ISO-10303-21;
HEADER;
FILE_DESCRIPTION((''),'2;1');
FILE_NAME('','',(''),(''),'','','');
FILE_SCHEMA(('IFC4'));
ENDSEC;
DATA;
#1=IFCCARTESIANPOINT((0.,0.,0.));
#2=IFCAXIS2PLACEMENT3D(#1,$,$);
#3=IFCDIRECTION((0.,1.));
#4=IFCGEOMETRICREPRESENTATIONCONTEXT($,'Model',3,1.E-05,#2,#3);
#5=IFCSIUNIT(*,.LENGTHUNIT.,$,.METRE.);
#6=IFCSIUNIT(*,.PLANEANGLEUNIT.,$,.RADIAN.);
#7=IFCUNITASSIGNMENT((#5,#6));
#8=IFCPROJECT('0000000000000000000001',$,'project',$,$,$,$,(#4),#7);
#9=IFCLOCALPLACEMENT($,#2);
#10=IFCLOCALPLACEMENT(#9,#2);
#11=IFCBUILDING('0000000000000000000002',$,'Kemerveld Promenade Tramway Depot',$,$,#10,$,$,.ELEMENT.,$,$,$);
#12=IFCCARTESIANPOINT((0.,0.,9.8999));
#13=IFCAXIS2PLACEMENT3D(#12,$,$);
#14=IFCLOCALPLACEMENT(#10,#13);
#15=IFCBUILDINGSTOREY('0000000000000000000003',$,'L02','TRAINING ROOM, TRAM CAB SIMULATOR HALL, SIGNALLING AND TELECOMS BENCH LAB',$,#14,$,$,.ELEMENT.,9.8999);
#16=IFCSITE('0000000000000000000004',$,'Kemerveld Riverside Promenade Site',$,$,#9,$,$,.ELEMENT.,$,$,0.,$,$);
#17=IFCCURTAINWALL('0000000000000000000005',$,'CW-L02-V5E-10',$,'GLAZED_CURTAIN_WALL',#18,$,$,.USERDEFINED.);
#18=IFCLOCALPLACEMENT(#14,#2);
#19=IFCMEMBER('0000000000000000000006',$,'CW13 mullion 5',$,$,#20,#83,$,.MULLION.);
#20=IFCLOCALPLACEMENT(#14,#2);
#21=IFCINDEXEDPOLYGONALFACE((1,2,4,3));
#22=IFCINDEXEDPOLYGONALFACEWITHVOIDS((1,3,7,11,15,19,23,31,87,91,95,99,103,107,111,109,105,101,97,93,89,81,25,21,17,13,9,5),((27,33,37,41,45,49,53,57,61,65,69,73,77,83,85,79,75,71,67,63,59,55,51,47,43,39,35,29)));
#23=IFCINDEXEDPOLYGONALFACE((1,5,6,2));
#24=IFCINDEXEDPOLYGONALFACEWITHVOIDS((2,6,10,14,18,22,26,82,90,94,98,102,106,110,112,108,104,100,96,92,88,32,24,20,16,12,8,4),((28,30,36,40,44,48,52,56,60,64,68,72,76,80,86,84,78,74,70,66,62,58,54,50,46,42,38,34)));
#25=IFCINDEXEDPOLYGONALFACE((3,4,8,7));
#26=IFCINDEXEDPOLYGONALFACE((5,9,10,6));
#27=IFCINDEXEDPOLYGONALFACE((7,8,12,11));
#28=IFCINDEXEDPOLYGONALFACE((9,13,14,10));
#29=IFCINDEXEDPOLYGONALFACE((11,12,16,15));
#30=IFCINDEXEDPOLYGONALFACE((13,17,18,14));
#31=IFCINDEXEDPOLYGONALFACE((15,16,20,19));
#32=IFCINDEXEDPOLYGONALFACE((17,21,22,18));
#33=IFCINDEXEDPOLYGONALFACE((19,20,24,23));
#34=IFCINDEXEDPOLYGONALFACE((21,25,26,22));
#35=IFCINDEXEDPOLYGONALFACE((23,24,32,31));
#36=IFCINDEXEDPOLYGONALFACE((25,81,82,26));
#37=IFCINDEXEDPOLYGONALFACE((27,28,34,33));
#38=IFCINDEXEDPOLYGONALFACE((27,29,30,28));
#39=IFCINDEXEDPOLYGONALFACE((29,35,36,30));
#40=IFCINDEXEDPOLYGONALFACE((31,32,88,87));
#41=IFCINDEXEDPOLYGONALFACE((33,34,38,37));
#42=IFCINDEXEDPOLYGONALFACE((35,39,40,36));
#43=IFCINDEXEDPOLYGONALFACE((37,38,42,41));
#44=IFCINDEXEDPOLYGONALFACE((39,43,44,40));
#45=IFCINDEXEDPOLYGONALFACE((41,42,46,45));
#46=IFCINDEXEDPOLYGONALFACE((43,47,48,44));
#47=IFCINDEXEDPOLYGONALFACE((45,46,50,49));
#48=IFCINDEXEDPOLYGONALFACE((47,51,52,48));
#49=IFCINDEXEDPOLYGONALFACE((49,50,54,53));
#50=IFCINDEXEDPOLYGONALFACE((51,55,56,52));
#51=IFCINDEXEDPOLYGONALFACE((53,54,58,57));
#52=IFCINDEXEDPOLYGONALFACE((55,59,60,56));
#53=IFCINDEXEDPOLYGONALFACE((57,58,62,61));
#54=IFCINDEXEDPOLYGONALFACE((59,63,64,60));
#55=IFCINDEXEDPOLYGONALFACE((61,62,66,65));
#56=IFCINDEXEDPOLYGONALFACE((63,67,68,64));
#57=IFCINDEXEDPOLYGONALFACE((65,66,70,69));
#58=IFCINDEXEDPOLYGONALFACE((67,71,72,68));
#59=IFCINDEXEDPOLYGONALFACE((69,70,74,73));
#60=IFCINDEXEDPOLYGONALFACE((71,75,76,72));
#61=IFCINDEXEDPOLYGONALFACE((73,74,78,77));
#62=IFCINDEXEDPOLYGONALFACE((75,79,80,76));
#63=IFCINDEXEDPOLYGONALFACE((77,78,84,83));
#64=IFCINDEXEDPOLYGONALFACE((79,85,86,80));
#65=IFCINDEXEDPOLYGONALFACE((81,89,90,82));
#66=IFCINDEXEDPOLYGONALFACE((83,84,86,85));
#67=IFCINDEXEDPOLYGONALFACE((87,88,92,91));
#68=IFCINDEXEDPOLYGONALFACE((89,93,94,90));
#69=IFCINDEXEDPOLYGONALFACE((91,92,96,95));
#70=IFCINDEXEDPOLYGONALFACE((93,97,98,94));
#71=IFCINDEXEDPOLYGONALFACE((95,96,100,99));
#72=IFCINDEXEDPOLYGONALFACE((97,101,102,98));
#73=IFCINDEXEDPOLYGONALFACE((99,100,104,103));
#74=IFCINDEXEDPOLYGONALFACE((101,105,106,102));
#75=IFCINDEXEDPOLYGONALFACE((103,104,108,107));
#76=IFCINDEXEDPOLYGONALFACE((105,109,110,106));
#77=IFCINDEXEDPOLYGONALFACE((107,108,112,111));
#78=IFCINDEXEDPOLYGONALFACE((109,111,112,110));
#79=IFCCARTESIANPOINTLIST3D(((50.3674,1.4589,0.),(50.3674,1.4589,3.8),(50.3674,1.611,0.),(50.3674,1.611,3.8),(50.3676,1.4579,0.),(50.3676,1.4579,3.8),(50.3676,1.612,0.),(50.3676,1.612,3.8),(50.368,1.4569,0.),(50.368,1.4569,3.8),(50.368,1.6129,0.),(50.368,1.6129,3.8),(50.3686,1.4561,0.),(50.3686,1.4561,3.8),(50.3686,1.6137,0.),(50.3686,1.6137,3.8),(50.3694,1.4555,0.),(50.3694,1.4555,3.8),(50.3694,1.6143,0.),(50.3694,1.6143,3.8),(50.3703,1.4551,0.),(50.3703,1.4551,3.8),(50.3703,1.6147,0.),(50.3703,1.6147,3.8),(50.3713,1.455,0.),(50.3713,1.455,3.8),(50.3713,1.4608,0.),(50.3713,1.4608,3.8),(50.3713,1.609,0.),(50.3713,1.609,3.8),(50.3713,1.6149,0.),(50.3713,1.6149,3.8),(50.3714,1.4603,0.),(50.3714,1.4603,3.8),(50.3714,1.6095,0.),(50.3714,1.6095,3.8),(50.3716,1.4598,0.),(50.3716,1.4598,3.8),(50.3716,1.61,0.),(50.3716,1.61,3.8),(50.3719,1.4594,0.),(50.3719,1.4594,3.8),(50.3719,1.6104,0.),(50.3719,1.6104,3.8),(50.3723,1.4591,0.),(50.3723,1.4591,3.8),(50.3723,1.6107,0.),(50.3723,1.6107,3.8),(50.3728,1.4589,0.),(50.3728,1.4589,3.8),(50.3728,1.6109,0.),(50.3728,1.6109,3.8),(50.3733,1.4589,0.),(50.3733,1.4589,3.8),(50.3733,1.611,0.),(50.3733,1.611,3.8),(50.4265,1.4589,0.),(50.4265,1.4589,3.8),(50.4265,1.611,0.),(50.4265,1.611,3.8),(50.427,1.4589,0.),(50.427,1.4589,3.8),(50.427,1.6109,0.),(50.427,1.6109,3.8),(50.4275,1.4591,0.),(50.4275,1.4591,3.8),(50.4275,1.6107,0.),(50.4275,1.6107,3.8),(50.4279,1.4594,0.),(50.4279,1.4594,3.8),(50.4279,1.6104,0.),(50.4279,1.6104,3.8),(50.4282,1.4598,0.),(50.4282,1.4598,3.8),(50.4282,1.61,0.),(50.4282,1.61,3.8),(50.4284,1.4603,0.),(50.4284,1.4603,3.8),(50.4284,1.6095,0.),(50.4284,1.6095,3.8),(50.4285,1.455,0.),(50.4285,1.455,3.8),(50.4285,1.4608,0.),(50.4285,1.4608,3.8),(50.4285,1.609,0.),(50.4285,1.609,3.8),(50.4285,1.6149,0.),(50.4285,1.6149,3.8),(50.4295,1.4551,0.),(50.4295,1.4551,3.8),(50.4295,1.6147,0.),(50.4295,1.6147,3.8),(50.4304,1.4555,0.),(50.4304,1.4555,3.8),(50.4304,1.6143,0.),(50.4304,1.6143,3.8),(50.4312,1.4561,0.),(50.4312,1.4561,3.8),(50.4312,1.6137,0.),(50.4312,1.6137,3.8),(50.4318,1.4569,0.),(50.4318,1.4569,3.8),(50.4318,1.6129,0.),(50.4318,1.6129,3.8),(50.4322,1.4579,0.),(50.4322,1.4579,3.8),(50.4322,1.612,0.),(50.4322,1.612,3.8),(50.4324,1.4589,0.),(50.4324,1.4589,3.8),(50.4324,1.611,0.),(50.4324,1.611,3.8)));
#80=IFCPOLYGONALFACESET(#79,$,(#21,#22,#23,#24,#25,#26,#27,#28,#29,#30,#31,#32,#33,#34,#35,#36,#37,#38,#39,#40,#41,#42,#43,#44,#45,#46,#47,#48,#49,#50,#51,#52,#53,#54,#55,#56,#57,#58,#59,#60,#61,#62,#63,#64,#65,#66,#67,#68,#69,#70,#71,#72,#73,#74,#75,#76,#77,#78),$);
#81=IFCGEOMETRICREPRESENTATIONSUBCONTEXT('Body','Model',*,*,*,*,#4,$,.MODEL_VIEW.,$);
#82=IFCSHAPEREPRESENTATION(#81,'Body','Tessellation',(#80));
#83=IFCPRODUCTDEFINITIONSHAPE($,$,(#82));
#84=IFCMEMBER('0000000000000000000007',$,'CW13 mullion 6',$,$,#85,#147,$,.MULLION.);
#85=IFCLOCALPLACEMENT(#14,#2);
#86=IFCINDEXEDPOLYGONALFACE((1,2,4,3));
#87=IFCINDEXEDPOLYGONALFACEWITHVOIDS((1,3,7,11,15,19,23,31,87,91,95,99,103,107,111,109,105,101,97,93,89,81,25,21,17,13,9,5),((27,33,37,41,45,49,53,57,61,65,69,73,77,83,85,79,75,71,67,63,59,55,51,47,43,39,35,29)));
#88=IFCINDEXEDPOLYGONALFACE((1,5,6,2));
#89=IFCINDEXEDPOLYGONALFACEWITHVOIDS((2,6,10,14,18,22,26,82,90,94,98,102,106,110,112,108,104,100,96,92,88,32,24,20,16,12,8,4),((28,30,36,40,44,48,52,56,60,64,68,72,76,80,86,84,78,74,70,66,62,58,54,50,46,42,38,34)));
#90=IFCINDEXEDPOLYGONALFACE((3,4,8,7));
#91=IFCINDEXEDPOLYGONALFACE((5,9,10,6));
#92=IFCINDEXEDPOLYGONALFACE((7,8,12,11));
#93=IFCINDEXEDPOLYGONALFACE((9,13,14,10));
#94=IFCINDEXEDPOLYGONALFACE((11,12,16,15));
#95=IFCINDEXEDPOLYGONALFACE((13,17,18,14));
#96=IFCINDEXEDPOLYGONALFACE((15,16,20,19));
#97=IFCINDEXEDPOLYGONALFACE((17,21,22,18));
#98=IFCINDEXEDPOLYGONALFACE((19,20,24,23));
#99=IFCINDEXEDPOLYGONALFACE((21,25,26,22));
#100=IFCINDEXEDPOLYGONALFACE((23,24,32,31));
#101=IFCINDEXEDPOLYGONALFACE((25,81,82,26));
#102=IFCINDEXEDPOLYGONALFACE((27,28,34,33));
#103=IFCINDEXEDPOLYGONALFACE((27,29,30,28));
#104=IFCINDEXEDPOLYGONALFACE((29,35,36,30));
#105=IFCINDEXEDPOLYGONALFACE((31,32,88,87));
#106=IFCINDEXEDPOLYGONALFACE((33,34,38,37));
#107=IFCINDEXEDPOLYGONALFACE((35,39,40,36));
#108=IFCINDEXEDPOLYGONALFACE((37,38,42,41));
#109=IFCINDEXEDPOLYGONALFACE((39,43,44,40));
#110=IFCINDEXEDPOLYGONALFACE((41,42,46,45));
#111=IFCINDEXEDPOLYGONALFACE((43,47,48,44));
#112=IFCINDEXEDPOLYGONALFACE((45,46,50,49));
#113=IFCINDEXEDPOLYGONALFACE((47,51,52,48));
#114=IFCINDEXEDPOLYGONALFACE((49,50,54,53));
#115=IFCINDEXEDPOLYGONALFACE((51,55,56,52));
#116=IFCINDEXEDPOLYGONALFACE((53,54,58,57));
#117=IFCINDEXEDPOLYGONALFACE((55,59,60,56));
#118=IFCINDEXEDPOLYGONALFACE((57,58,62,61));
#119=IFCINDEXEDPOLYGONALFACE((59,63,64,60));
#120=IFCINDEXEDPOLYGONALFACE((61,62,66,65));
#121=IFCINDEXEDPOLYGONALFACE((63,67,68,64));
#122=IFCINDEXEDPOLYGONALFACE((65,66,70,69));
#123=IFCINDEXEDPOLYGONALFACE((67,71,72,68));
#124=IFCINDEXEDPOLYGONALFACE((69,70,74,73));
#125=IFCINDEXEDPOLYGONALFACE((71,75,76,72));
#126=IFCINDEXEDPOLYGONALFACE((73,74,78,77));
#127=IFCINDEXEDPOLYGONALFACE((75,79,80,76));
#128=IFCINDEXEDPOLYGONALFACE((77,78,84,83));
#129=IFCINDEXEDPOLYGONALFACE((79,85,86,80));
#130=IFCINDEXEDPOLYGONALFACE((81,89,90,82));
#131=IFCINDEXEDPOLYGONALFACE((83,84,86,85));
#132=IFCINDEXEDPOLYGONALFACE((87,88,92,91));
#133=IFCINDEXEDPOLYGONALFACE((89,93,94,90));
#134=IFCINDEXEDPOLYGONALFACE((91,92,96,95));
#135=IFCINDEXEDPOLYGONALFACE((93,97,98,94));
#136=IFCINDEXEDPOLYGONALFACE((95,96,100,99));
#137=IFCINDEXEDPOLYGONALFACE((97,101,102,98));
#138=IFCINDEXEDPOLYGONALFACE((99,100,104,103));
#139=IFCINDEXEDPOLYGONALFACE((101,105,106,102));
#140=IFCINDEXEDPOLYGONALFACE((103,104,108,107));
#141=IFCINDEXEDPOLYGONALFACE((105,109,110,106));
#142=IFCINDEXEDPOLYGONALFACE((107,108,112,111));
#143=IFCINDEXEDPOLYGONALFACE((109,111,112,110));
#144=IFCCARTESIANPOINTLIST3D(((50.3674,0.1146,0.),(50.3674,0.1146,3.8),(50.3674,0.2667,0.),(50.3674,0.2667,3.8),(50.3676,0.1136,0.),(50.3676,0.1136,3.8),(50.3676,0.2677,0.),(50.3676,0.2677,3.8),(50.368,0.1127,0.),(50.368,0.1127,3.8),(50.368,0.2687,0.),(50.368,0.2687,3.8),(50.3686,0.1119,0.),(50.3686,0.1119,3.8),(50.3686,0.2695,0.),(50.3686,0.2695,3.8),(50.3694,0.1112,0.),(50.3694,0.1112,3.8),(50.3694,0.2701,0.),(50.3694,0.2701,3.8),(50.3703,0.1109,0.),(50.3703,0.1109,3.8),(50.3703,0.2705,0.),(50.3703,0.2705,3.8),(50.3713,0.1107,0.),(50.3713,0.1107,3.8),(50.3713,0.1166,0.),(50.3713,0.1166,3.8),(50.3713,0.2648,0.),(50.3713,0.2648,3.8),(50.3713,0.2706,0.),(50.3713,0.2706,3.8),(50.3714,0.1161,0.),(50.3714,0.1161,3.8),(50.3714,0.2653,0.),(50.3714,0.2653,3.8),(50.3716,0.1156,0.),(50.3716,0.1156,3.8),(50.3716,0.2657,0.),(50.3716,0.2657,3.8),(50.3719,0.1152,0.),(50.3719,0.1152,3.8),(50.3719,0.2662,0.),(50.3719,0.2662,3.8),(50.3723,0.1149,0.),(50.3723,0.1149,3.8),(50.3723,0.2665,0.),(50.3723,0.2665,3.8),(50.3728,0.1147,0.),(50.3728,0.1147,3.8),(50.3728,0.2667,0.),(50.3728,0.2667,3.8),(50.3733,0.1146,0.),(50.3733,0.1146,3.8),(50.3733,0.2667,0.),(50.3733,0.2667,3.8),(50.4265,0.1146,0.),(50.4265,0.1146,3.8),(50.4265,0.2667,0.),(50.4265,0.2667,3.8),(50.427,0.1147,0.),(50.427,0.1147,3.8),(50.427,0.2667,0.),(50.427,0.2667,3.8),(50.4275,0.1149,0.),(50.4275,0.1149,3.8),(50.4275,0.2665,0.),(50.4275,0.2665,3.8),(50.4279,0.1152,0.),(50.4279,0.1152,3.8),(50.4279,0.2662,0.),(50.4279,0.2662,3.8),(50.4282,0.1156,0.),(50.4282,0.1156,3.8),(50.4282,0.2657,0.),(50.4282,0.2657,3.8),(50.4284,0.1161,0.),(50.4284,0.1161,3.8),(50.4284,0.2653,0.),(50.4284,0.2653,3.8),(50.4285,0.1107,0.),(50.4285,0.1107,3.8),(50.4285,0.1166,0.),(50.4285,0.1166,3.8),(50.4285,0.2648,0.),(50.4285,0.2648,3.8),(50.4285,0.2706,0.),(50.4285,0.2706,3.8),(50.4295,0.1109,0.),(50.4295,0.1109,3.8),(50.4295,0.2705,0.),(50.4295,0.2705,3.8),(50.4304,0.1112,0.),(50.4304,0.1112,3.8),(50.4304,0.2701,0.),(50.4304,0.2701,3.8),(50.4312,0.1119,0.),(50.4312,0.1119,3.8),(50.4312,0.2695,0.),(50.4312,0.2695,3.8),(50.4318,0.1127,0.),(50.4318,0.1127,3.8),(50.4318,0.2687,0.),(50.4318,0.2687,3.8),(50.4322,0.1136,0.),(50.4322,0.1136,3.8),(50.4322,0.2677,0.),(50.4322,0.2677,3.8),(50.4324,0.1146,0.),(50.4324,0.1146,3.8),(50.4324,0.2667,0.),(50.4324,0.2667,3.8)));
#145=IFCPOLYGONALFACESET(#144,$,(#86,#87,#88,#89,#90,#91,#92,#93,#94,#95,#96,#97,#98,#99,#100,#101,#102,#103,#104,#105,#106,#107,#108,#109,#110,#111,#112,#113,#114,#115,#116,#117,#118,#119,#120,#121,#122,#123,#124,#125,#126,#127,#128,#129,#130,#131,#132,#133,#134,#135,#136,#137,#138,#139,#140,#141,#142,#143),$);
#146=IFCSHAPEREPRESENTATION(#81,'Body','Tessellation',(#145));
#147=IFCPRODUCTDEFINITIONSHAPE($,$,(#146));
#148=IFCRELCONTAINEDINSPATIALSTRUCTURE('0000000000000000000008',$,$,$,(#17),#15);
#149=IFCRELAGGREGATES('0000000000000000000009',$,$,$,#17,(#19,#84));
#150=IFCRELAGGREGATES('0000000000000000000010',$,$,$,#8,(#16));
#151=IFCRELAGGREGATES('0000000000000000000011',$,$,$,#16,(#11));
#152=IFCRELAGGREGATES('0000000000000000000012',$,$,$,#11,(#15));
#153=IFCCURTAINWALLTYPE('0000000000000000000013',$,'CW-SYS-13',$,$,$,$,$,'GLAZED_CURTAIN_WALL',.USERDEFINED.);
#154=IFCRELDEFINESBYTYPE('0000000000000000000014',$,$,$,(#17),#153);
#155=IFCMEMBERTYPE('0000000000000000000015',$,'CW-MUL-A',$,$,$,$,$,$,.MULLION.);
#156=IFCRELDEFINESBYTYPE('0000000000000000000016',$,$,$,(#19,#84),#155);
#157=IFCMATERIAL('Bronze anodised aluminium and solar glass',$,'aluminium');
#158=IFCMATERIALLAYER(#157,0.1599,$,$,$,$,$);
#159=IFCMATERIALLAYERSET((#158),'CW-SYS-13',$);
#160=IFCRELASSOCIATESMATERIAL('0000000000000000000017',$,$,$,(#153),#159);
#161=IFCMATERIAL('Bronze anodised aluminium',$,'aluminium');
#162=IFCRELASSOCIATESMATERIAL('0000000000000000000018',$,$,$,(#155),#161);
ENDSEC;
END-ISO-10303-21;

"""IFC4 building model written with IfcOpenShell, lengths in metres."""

from ifc_helpers import new_model, si_unit, direction, frame, origin, origin_2d, place, context, subcontext, project, spatial, hollow_rectangle, extrude, material, layer, layer_set, material_profile, profile_set, type_object, element, aggregate, save


model = new_model("IFC4")

# Units and contexts
model_context = context("Model", 3, precision=1e-05, world=origin(), true_north=direction((0.0, 1.0)))
body_context = subcontext(model_context, "Body", "Model", "MODEL_VIEW")
ifc_project = project(units=[si_unit("LENGTHUNIT", "METRE"), si_unit("PLANEANGLEUNIT", "RADIAN")], contexts=[model_context])

# Site, building, storey
site_placement = place(None, origin())
site = spatial("IfcSite", under=ifc_project, at=site_placement, Name="Kemerveld Riverside Promenade Site", CompositionType="ELEMENT", RefElevation=0.0)
building_placement = place(site_placement, origin())
building = spatial("IfcBuilding", under=site, at=building_placement, Name="Kemerveld Promenade Tramway Depot", CompositionType="ELEMENT")
storey_placement = place(building_placement, frame((0.0, 0.0, 9.8999)))
storey = spatial("IfcBuildingStorey", under=building, at=storey_placement, Name="L02", Description="TRAINING ROOM, TRAM CAB SIMULATOR HALL, SIGNALLING AND TELECOMS BENCH LAB", CompositionType="ELEMENT", Elevation=9.8999)

# Curtain wall, members
ifc_material_1 = material(Name="Bronze anodised aluminium and solar glass", Category="aluminium")
ifc_layer_1 = layer(ifc_material_1, 0.1599)
ifc_layer_set_1 = layer_set([ifc_layer_1], Name="CW-SYS-13")
curtain_wall_type = type_object("IfcCurtainWallType", Name="CW-SYS-13", ElementType="GLAZED_CURTAIN_WALL", PredefinedType="USERDEFINED", material=ifc_layer_set_1)
curtain_wall_placement = place(storey_placement, origin())
curtain_wall = element("IfcCurtainWall", 1, at=curtain_wall_placement, inside=storey, type_object=curtain_wall_type, Name="CW-L02-V5E-10", ObjectType="GLAZED_CURTAIN_WALL", PredefinedType="USERDEFINED")
ifc_material_2 = material(Name="Bronze anodised aluminium", Category="aluminium")
ifc_material_profile_1 = material_profile(ifc_material_2, hollow_rectangle(XDim=0.0649, YDim=0.1599, WallThickness=0.0039, InnerFilletRadius=0.002, OuterFilletRadius=0.0039, at=origin_2d()), Name="CW-MUL-160x65")
ifc_profile_set_1 = profile_set([ifc_material_profile_1], Name="Bronze anodised aluminium")
member_type_1 = type_object("IfcMemberType", Name="CW-MUL-A", PredefinedType="MULLION", material=ifc_profile_set_1)
member_1_placement = place(storey_placement, frame((50.3999, 1.5349, 0.0), z_axis=(0.0, 0.0, 1.0), x_axis=(1.0, 0.0, 0.0)))
member_1 = element("IfcMember", 2, at=member_1_placement, type_object=member_type_1, Name="CW13 mullion 5", PredefinedType="MULLION", context=body_context, shape_type="SweptSolid", body=[
    extrude(hollow_rectangle(XDim=0.0649, YDim=0.1599, WallThickness=0.0039, InnerFilletRadius=0.002, OuterFilletRadius=0.0039, at=origin_2d()), origin(), (0.0, 0.0, 1.0), 3.8),
])
member_2_placement = place(storey_placement, frame((50.3999, 0.1907, 0.0), z_axis=(0.0, 0.0, 1.0), x_axis=(1.0, 0.0, 0.0)))
member_2 = element("IfcMember", 3, at=member_2_placement, type_object=member_type_1, Name="CW13 mullion 6", PredefinedType="MULLION", context=body_context, shape_type="SweptSolid", body=[
    extrude(hollow_rectangle(XDim=0.0649, YDim=0.1599, WallThickness=0.0039, InnerFilletRadius=0.002, OuterFilletRadius=0.0039, at=origin_2d()), origin(), (0.0, 0.0, 1.0), 3.8),
])
aggregate(curtain_wall, [member_1, member_2])

save(model, "model.ifc")
